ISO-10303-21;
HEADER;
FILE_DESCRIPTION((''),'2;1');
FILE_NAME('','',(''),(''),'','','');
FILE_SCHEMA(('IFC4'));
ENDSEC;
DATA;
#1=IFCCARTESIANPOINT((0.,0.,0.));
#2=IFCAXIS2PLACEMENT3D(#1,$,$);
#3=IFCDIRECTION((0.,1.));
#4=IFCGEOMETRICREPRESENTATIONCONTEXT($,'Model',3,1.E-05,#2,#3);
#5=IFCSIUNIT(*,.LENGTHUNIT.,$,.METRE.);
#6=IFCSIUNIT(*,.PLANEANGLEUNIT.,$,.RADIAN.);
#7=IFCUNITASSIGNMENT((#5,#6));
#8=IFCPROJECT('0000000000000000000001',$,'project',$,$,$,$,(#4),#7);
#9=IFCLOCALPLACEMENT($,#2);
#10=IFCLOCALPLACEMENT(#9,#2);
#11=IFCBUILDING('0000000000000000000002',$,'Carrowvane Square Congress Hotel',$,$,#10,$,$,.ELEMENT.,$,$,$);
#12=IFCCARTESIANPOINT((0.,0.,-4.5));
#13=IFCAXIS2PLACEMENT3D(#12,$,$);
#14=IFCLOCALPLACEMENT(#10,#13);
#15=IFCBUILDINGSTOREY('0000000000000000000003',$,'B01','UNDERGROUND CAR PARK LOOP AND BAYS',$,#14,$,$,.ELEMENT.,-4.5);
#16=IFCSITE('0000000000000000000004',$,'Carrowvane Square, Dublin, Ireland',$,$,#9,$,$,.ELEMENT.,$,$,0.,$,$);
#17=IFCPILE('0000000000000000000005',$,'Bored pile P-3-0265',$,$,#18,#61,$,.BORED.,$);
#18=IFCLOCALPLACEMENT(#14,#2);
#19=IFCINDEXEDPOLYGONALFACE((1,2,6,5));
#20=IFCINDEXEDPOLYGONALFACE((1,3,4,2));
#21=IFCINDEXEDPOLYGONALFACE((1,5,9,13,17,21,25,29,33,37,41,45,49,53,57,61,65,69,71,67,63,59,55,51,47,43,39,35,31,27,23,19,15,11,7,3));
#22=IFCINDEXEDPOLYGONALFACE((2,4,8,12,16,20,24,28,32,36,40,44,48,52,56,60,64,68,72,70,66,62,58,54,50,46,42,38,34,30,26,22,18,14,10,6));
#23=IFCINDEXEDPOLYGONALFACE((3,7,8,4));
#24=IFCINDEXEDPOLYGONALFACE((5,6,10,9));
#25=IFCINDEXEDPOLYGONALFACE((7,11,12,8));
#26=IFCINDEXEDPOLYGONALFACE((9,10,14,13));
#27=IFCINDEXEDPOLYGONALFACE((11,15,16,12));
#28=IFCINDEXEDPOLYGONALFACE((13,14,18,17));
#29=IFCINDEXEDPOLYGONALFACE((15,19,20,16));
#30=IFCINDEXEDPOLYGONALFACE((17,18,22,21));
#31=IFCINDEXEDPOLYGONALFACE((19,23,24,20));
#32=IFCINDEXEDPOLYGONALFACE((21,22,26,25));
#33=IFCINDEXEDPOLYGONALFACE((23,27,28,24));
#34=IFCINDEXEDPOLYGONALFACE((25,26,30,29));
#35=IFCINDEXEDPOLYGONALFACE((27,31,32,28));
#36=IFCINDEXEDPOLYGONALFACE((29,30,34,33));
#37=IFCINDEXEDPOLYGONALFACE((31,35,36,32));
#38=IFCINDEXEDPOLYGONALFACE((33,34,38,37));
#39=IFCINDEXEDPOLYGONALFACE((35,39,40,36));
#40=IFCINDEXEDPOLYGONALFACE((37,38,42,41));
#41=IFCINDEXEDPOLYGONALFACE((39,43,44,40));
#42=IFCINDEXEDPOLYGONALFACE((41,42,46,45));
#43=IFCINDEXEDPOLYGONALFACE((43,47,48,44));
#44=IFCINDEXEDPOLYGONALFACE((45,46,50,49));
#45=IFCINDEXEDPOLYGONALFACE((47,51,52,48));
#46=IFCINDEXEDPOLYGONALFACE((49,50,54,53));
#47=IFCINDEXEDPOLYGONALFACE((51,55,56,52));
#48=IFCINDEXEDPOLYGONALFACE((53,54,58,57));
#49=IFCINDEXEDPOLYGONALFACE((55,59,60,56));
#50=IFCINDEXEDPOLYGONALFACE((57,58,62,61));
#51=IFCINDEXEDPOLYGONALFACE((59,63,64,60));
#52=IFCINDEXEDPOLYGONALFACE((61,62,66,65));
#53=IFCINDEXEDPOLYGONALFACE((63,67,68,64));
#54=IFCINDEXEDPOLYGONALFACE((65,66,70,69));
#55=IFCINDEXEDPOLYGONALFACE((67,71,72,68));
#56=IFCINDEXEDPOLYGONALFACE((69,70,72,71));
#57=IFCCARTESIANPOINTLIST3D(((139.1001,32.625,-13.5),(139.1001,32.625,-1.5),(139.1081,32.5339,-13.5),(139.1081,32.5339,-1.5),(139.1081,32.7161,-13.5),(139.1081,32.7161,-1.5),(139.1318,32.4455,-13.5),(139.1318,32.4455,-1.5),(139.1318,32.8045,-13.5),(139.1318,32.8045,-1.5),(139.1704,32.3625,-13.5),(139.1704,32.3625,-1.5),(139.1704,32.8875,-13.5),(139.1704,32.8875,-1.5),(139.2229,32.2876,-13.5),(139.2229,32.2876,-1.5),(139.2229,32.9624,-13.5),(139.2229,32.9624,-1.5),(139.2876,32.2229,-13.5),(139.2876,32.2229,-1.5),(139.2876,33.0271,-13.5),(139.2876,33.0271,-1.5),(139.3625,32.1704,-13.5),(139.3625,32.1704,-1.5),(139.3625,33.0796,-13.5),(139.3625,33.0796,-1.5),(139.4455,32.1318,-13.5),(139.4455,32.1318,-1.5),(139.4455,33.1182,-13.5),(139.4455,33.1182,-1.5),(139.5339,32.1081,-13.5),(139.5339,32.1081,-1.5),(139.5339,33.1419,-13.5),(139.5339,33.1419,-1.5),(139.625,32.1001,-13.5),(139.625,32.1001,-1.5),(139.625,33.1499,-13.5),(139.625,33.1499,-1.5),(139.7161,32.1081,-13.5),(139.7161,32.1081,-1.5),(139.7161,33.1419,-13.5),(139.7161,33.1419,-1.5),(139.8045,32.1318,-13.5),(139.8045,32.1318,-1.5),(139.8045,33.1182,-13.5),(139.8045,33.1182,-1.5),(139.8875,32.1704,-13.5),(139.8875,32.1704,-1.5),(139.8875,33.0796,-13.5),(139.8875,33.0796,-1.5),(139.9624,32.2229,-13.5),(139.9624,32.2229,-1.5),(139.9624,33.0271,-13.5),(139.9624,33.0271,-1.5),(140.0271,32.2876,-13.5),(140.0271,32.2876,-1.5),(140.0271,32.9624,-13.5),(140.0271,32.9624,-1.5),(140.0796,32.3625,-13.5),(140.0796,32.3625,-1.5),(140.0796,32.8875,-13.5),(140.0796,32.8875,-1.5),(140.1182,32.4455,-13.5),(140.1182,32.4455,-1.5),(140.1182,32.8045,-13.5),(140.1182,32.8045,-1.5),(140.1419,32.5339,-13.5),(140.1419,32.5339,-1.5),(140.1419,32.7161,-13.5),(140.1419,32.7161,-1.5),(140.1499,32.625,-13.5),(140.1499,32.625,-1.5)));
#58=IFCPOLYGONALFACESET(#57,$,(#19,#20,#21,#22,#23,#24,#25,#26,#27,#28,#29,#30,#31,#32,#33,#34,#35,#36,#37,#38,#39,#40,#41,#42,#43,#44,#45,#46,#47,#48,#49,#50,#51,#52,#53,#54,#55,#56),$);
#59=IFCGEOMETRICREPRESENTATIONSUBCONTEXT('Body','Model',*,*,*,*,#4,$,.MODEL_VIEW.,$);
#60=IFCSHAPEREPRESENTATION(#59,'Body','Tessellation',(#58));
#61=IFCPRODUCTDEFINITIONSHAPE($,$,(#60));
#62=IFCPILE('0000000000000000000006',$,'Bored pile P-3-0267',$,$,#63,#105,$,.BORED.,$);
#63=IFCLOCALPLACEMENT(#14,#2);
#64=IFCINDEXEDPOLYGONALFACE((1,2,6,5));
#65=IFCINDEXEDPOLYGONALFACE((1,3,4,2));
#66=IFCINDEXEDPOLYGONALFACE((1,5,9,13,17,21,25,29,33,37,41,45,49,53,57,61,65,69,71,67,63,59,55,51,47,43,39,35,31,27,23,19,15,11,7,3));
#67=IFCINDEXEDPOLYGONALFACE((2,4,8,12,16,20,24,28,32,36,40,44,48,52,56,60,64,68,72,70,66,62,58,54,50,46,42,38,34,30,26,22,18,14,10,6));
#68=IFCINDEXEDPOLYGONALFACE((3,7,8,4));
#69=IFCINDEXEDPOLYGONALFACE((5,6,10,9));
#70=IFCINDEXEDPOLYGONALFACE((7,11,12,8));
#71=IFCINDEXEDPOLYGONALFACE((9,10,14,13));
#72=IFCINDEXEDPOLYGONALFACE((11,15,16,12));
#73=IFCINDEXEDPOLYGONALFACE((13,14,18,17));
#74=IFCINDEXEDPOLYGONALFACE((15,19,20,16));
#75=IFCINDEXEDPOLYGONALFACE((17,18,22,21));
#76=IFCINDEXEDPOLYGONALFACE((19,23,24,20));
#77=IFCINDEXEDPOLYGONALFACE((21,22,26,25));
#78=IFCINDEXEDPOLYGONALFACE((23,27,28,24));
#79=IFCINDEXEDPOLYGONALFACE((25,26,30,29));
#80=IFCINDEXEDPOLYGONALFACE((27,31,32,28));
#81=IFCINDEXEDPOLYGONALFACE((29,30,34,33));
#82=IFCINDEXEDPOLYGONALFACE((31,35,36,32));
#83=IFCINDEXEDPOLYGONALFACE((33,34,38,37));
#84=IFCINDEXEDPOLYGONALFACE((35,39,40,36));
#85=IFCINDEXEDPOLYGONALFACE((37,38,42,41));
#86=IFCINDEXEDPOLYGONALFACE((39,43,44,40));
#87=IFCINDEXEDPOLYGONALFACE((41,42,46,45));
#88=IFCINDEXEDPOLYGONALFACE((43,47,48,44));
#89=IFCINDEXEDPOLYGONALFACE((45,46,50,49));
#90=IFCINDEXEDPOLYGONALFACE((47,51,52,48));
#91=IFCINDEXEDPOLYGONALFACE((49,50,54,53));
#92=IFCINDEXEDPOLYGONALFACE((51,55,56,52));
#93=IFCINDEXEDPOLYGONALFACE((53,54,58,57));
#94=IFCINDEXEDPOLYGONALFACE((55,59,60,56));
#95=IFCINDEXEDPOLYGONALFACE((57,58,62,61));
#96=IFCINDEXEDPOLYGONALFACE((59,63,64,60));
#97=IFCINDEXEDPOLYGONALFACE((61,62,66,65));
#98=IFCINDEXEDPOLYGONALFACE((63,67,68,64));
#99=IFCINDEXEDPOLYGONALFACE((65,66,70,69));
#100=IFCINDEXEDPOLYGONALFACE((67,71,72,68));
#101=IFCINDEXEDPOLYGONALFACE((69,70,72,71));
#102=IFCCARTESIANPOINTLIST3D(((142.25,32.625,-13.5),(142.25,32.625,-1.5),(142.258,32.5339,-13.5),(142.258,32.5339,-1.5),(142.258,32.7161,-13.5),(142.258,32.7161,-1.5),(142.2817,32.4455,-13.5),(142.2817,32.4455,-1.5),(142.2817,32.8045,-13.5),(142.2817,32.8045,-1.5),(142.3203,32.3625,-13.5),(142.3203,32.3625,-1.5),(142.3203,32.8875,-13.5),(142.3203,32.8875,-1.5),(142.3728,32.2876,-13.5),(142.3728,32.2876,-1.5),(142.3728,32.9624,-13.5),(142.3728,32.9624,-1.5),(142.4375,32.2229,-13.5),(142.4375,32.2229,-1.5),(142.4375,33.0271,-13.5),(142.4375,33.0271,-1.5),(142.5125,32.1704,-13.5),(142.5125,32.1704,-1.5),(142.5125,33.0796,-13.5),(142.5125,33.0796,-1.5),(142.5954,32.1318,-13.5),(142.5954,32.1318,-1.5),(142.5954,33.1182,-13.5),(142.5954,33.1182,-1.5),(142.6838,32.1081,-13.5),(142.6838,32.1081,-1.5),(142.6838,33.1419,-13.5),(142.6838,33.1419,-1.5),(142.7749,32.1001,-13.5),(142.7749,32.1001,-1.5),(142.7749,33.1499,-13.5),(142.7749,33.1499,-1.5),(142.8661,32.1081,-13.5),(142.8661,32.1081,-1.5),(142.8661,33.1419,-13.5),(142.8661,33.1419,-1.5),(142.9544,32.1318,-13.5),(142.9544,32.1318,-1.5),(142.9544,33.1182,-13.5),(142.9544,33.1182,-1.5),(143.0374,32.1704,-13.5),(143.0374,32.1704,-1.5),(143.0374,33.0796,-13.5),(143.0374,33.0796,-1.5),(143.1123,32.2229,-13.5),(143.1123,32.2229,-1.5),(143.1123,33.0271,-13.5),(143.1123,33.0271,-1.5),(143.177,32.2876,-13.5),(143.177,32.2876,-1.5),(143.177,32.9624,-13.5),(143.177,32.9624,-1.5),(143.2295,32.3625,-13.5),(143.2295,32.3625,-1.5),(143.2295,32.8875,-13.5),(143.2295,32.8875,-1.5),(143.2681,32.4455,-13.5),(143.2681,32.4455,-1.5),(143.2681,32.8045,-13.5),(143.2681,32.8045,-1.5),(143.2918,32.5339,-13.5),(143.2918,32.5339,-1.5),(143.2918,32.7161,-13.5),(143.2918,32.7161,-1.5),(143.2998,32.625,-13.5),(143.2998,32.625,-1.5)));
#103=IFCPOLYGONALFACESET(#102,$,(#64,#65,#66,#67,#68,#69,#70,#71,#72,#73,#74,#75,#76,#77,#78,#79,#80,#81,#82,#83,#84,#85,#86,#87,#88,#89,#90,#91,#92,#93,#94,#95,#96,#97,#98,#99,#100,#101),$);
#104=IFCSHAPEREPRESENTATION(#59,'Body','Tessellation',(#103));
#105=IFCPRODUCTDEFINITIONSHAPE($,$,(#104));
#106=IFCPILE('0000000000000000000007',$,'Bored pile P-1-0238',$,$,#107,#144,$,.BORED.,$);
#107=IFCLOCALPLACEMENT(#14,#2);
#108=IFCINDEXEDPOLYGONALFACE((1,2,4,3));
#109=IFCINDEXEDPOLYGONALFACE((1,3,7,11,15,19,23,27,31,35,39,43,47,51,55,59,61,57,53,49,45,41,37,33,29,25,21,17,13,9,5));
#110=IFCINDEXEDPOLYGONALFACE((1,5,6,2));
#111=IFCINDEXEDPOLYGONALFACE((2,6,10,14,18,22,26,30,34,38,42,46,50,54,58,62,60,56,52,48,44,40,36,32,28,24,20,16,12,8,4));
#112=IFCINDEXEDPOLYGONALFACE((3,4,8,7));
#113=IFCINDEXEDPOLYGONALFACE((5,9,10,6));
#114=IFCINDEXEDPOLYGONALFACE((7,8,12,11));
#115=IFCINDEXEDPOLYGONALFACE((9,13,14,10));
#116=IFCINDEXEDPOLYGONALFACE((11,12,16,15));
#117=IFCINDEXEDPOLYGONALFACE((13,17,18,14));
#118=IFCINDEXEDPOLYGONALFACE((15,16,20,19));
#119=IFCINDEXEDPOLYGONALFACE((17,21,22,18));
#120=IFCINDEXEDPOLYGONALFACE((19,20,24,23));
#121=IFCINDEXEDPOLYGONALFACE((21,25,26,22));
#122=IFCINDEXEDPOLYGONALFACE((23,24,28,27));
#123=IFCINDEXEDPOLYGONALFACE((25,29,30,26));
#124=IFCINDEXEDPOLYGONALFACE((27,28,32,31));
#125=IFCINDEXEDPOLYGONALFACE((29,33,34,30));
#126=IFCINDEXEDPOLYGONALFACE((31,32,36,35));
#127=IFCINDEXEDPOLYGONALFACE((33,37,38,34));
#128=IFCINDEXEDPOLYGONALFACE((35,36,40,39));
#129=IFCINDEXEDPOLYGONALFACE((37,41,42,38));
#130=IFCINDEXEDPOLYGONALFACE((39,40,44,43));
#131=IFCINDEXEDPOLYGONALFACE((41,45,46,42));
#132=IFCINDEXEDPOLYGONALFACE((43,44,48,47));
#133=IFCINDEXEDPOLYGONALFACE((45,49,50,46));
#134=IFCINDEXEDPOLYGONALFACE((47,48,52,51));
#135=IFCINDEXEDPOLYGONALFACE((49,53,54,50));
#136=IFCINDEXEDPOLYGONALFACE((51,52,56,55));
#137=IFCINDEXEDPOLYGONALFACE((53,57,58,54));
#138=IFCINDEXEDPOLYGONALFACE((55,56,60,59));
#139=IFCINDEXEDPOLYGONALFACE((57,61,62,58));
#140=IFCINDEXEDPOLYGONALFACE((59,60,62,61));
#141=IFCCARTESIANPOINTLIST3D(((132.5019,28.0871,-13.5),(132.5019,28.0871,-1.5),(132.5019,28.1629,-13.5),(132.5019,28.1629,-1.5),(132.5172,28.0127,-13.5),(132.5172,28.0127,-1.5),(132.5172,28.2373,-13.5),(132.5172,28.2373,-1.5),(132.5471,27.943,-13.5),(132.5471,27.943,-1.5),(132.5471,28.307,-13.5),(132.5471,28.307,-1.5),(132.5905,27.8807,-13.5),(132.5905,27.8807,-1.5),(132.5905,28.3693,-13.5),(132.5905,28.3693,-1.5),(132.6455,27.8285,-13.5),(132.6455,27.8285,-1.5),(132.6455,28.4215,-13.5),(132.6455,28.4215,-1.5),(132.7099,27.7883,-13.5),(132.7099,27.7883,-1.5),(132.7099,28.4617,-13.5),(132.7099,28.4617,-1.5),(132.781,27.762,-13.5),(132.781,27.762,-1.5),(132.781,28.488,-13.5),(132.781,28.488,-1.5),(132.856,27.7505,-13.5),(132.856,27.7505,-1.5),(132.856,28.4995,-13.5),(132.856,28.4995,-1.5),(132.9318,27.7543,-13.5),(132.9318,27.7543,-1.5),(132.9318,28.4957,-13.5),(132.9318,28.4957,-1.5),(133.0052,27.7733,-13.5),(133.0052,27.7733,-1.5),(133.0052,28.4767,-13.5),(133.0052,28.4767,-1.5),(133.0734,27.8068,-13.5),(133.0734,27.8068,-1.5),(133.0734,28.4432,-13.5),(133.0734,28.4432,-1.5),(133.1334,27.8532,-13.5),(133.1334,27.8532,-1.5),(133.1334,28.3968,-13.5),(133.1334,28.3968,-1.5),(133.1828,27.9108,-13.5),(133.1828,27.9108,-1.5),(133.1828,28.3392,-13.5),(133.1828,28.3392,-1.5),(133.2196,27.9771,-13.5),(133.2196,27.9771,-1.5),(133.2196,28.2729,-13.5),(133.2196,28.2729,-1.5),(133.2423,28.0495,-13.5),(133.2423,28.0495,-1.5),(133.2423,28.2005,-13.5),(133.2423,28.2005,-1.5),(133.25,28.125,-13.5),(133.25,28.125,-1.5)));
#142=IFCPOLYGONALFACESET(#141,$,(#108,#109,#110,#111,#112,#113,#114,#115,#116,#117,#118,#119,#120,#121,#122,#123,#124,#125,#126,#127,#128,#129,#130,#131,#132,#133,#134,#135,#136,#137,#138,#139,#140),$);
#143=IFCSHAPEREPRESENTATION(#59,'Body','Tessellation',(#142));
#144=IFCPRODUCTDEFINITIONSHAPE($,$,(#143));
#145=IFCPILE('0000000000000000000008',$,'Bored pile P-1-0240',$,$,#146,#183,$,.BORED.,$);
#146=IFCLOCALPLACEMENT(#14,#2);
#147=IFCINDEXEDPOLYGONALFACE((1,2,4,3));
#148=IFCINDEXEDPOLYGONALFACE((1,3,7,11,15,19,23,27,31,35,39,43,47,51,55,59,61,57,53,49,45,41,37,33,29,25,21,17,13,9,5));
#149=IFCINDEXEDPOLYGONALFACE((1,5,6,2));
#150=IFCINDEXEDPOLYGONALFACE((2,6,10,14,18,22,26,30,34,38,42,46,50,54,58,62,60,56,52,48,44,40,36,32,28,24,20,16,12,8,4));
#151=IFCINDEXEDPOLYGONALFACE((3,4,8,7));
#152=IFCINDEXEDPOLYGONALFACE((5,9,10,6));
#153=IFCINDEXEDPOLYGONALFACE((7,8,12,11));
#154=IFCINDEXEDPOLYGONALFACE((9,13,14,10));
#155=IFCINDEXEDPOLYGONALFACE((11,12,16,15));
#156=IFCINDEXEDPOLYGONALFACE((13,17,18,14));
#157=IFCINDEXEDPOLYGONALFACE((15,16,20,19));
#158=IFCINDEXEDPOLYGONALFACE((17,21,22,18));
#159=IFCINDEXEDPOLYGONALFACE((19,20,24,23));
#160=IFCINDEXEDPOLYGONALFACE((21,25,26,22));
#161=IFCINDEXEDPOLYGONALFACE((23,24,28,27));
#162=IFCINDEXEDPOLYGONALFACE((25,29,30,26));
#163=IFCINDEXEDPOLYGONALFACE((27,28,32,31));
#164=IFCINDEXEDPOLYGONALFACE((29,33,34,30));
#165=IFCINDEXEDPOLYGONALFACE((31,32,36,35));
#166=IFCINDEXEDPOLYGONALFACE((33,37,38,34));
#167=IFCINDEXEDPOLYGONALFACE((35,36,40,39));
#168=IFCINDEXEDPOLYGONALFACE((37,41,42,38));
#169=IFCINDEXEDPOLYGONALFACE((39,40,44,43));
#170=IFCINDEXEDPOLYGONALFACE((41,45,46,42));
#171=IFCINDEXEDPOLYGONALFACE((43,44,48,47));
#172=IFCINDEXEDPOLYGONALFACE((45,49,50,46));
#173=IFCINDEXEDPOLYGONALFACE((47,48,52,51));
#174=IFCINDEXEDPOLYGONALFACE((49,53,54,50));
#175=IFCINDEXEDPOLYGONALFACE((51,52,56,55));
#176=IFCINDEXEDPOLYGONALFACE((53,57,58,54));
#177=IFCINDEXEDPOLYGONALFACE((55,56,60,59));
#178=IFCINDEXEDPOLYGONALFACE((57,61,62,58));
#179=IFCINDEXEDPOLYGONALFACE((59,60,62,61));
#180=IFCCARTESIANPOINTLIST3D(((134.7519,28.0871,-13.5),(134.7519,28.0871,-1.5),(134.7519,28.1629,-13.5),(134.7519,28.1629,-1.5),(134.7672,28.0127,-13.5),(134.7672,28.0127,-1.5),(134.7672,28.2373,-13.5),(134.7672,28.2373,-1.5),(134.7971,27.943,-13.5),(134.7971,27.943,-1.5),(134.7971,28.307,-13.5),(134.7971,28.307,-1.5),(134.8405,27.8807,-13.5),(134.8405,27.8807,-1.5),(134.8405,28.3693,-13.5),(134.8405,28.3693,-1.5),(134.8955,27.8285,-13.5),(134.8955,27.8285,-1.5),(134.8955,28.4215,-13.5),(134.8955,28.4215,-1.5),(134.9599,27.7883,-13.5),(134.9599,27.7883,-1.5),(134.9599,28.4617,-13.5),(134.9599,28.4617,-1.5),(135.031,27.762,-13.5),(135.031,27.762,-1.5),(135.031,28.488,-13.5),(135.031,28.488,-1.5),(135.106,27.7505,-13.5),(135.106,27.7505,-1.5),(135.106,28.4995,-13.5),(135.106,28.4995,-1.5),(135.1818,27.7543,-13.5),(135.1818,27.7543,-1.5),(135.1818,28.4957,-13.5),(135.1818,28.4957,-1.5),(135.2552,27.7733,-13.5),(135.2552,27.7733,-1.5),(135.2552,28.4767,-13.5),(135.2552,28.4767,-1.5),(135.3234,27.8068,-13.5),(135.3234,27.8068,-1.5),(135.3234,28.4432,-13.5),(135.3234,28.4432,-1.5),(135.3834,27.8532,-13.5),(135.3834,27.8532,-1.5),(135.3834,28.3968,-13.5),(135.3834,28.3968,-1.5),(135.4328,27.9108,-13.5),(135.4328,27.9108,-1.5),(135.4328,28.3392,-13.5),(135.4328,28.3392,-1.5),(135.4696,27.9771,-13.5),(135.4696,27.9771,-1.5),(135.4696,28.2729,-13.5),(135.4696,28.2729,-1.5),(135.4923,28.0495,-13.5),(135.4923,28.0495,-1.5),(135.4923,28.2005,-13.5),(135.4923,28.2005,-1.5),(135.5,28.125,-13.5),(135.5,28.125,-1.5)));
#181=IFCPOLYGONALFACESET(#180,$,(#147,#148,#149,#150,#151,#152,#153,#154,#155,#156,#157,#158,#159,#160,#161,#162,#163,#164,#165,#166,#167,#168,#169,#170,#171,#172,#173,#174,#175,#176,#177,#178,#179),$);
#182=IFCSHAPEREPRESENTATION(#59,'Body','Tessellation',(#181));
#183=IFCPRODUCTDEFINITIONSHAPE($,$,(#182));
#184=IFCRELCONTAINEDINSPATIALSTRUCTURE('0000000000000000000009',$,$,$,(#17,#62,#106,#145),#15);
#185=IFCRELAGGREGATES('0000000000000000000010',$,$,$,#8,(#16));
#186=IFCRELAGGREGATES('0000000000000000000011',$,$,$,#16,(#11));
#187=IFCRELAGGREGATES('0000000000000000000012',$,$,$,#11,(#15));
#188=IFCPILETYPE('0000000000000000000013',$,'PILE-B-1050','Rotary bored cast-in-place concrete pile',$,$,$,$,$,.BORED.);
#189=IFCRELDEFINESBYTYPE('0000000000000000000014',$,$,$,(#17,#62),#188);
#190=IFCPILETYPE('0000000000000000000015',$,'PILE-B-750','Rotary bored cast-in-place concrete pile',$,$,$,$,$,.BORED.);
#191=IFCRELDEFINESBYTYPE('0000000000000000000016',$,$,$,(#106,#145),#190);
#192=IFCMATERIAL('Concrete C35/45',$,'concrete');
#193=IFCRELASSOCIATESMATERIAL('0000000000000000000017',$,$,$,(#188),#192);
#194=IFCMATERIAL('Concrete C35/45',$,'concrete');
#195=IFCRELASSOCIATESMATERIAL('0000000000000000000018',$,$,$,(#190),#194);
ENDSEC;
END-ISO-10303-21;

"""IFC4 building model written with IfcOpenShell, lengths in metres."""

from ifc_helpers import new_model, si_unit, direction, frame, origin, origin_2d, place, context, subcontext, project, spatial, circle, extrude, material, material_profile, profile_set, type_object, element, save


model = new_model("IFC4")

# Units and contexts
model_context = context("Model", 3, precision=1e-05, world=origin(), true_north=direction((0.0, 1.0)))
body_context = subcontext(model_context, "Body", "Model", "MODEL_VIEW")
ifc_project = project(units=[si_unit("LENGTHUNIT", "METRE"), si_unit("PLANEANGLEUNIT", "RADIAN")], contexts=[model_context])

# Site, building, storey
site_placement = place(None, origin())
site = spatial("IfcSite", under=ifc_project, at=site_placement, Name="Carrowvane Square, Dublin, Ireland", CompositionType="ELEMENT", RefElevation=0.0)
building_placement = place(site_placement, origin())
building = spatial("IfcBuilding", under=site, at=building_placement, Name="Carrowvane Square Congress Hotel", CompositionType="ELEMENT")
storey_placement = place(building_placement, frame((0.0, 0.0, -4.5)))
storey = spatial("IfcBuildingStorey", under=building, at=storey_placement, Name="B01", Description="UNDERGROUND CAR PARK LOOP AND BAYS", CompositionType="ELEMENT", Elevation=-4.5)

# Piles
ifc_material_1 = material(Name="Concrete C35/45", Category="concrete")
ifc_material_profile_1 = material_profile(ifc_material_1, circle(Radius=0.5249, at=origin_2d()), Name="PILE D1050")
ifc_profile_set_1 = profile_set([ifc_material_profile_1], Name="Concrete C35/45")
pile_type_1 = type_object("IfcPileType", Name="PILE-B-1050", Description="Rotary bored cast-in-place concrete pile", PredefinedType="BORED", material=ifc_profile_set_1)
for number, where, z_axis, x_axis, name in (
    (1, (139.625, 32.625, -1.5), (0.0, 0.0, -1.0), (1.0, 0.0, 0.0), "Bored pile P-3-0265"),
    (2, (142.7749, 32.625, -1.5), (0.0, 0.0, -1.0), (1.0, 0.0, 0.0), "Bored pile P-3-0267"),
):
    element("IfcPile", number, at=place(storey_placement, frame(where, z_axis=z_axis, x_axis=x_axis)), inside=storey, type_object=pile_type_1, Name=name, PredefinedType="BORED", context=body_context, shape_type="SweptSolid", body=[
        extrude(circle(Radius=0.5249, at=origin_2d()), origin(), (0.0, 0.0, 1.0), 12.0),
    ])
ifc_material_2 = material(Name="Concrete C35/45", Category="concrete")
ifc_material_profile_2 = material_profile(ifc_material_2, circle(Radius=0.375, at=origin_2d()), Name="PILE D750")
ifc_profile_set_2 = profile_set([ifc_material_profile_2], Name="Concrete C35/45")
pile_type_2 = type_object("IfcPileType", Name="PILE-B-750", Description="Rotary bored cast-in-place concrete pile", PredefinedType="BORED", material=ifc_profile_set_2)
for number, where, z_axis, x_axis, name in (
    (3, (132.875, 28.125, -1.5), (0.0, 0.0, -1.0), (1.0, 0.0, 0.0), "Bored pile P-1-0238"),
    (4, (135.125, 28.125, -1.5), (0.0, 0.0, -1.0), (1.0, 0.0, 0.0), "Bored pile P-1-0240"),
):
    element("IfcPile", number, at=place(storey_placement, frame(where, z_axis=z_axis, x_axis=x_axis)), inside=storey, type_object=pile_type_2, Name=name, PredefinedType="BORED", context=body_context, shape_type="SweptSolid", body=[
        extrude(circle(Radius=0.375, at=origin_2d()), origin(), (0.0, 0.0, 1.0), 12.0),
    ])

save(model, "model.ifc")
